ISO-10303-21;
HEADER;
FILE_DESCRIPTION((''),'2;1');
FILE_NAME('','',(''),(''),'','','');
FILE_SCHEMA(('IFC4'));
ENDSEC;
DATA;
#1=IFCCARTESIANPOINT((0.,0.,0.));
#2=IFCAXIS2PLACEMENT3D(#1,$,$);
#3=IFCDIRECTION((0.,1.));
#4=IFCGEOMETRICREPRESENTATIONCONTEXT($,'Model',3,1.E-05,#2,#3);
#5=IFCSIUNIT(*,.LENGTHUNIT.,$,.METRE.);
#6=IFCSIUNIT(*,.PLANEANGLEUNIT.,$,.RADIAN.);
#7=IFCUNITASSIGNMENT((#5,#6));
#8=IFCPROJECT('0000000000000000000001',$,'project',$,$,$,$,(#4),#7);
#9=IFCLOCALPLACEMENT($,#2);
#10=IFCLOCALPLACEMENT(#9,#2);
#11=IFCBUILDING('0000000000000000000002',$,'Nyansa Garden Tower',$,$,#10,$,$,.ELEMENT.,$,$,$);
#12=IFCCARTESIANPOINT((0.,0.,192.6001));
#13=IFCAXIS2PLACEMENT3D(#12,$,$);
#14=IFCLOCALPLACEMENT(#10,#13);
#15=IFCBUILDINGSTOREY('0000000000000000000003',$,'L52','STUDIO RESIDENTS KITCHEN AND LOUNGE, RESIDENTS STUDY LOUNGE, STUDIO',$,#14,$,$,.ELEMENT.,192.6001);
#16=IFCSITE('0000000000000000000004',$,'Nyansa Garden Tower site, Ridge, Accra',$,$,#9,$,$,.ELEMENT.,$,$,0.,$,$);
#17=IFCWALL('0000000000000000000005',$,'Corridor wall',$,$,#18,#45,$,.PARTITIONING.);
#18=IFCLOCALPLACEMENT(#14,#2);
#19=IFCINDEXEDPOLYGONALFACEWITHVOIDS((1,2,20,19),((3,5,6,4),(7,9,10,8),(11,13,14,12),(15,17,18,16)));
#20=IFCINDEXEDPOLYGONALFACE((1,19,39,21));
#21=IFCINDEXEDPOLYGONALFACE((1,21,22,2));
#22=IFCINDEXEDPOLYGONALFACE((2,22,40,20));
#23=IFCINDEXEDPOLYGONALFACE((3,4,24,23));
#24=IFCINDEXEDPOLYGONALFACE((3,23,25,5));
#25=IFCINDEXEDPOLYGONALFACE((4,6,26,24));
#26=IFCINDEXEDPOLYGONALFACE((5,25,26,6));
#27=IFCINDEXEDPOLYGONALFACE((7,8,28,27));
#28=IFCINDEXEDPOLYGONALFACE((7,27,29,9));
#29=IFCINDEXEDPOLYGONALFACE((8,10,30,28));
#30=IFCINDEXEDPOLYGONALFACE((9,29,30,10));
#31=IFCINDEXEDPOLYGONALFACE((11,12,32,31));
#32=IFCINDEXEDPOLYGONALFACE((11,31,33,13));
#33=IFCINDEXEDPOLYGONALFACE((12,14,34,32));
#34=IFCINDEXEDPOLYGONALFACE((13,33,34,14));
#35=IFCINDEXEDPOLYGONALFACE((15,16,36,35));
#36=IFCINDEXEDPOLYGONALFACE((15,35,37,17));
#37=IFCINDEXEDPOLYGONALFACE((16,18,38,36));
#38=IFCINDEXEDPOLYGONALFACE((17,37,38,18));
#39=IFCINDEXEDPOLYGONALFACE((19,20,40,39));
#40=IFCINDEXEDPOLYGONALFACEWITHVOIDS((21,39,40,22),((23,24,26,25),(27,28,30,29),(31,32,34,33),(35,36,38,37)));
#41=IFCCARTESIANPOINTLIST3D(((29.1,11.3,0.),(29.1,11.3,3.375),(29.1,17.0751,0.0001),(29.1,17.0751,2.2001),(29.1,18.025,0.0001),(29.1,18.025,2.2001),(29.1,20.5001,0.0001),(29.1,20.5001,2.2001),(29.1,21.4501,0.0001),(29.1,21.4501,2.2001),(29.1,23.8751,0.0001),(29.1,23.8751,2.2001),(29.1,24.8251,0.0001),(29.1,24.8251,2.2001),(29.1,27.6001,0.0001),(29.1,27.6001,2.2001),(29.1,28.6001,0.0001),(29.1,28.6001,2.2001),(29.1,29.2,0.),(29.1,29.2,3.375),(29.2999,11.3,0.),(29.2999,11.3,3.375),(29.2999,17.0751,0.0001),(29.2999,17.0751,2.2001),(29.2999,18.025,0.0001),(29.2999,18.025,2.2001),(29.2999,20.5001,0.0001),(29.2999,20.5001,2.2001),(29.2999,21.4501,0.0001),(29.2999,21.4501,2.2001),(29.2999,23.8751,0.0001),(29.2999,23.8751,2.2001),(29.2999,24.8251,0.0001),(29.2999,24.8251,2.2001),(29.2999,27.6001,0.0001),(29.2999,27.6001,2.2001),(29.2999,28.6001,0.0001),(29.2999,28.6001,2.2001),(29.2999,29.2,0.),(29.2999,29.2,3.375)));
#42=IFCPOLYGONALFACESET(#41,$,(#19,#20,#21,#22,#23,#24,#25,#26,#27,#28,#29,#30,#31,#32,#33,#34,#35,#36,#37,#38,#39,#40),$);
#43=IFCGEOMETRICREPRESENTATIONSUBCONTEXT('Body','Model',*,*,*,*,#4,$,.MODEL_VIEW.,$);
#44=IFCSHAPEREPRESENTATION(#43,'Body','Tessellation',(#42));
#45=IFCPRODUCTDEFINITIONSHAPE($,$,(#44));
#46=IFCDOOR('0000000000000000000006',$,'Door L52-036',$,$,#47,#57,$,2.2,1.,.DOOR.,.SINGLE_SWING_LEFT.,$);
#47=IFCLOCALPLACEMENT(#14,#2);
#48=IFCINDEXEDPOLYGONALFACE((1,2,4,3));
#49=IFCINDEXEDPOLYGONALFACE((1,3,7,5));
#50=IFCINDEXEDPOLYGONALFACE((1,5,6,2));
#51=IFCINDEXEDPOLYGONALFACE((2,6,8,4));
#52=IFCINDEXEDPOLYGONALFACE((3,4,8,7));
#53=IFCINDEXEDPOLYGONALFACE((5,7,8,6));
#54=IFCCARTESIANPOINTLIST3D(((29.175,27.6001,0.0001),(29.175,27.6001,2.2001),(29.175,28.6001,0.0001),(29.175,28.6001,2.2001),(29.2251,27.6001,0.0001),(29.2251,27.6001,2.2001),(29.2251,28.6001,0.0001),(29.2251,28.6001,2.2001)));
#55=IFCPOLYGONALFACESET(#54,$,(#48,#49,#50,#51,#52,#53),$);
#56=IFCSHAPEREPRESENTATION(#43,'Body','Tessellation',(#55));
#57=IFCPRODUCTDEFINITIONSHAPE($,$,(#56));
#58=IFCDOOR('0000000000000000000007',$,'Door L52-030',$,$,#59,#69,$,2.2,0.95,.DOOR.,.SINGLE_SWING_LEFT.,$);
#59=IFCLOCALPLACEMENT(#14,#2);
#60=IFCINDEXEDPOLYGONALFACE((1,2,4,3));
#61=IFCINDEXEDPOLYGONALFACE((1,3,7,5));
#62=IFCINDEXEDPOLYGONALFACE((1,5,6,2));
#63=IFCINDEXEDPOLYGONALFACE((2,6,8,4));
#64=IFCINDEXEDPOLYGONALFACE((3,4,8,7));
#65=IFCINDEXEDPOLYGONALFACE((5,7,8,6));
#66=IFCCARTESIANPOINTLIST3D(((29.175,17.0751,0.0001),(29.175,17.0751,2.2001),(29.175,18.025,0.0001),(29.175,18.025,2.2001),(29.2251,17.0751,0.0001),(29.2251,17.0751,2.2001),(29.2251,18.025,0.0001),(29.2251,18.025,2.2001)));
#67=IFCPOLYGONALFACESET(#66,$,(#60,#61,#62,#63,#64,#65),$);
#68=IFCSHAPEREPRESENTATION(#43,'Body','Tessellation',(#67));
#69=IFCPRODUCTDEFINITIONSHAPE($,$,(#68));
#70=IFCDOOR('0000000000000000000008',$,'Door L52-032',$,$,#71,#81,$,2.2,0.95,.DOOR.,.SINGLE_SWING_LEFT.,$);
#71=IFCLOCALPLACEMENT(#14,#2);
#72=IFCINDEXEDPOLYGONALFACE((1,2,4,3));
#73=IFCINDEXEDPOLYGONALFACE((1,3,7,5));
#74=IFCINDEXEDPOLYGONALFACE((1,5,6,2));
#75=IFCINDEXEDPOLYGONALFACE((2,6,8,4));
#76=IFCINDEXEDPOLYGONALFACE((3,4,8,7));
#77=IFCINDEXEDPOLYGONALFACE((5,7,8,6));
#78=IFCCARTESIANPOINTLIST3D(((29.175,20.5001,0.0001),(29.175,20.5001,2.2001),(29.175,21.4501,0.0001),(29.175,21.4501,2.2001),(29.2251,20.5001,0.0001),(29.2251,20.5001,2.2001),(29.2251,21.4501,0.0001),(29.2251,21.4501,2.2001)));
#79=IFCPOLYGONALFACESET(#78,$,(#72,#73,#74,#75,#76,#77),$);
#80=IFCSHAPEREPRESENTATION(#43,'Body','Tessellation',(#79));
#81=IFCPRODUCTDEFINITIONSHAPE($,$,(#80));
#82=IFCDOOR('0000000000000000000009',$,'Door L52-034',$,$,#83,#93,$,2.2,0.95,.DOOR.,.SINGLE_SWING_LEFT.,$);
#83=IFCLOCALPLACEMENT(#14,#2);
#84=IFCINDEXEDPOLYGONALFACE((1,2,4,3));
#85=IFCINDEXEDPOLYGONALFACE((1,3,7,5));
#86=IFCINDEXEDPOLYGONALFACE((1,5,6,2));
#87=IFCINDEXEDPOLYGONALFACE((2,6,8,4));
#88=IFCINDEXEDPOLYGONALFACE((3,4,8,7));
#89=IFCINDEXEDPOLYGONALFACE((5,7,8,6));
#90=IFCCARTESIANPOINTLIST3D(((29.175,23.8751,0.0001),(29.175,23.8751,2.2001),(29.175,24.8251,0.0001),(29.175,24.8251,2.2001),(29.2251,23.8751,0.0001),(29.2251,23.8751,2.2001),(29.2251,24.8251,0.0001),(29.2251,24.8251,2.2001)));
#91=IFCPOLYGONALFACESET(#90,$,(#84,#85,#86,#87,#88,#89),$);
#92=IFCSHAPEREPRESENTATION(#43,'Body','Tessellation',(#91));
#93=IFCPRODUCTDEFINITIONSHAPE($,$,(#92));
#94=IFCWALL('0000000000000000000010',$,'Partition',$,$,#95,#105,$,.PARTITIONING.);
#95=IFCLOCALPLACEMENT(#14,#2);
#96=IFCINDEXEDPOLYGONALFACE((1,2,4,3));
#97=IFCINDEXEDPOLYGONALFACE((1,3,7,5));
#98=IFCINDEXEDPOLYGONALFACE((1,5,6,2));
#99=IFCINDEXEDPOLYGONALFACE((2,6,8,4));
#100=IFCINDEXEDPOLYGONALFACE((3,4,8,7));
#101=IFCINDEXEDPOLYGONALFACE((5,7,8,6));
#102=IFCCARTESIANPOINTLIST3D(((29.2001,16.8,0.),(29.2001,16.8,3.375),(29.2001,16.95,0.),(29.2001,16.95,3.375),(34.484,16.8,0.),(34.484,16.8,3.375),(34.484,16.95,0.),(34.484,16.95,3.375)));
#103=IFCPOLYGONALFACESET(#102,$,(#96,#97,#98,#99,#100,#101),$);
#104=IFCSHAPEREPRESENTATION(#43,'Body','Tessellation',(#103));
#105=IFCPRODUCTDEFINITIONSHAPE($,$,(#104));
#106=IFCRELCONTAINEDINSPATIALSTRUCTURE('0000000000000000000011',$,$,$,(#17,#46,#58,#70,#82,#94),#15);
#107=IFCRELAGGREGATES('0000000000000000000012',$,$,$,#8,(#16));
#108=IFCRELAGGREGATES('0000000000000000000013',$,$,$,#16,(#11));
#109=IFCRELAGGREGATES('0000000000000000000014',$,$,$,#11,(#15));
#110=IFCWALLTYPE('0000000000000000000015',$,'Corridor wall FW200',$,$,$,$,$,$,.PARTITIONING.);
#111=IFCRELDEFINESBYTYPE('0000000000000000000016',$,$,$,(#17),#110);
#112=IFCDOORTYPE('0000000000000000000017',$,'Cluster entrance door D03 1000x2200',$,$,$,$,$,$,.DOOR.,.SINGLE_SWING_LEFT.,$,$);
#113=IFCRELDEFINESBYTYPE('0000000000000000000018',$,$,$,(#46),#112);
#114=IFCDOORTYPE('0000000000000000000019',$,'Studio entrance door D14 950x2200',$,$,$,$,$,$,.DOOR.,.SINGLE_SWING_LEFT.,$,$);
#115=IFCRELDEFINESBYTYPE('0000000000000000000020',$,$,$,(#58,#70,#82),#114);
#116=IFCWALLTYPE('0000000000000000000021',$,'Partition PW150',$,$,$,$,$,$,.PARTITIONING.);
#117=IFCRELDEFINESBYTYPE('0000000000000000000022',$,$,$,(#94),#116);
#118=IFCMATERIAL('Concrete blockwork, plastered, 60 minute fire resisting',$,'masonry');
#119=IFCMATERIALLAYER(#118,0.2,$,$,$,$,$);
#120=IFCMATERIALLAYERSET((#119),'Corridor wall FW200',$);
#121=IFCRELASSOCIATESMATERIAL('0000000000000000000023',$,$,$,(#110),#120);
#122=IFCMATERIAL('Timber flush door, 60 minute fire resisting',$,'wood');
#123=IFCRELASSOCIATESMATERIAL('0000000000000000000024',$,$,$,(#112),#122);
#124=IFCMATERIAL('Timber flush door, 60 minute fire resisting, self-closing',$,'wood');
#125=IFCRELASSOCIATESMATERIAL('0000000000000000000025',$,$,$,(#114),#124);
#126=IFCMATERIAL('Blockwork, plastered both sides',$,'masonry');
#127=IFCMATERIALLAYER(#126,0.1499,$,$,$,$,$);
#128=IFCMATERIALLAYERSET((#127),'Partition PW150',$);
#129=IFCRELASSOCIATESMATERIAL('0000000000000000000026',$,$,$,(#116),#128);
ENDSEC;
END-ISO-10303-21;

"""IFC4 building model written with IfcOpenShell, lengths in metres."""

from ifc_helpers import new_model, si_unit, direction, frame, frame_2d, origin, place, context, subcontext, project, spatial, rectangle, extrude, material, layer, layer_set, type_object, element, fill, save


model = new_model("IFC4")

# Units and contexts
model_context = context("Model", 3, precision=1e-05, world=origin(), true_north=direction((0.0, 1.0)))
body_context = subcontext(model_context, "Body", "Model", "MODEL_VIEW")
ifc_project = project(units=[si_unit("LENGTHUNIT", "METRE"), si_unit("PLANEANGLEUNIT", "RADIAN")], contexts=[model_context])

# Site, building, storey
site_placement = place(None, origin())
site = spatial("IfcSite", under=ifc_project, at=site_placement, Name="Nyansa Garden Tower site, Ridge, Accra", CompositionType="ELEMENT", RefElevation=0.0)
building_placement = place(site_placement, origin())
building = spatial("IfcBuilding", under=site, at=building_placement, Name="Nyansa Garden Tower", CompositionType="ELEMENT")
storey_placement = place(building_placement, frame((0.0, 0.0, 192.6001)))
storey = spatial("IfcBuildingStorey", under=building, at=storey_placement, Name="L52", Description="STUDIO RESIDENTS KITCHEN AND LOUNGE, RESIDENTS STUDY LOUNGE, STUDIO", CompositionType="ELEMENT", Elevation=192.6001)

# Wall, openings, doors
ifc_material_1 = material(Name="Concrete blockwork, plastered, 60 minute fire resisting", Category="masonry")
ifc_layer_1 = layer(ifc_material_1, 0.2)
ifc_layer_set_1 = layer_set([ifc_layer_1], Name="Corridor wall FW200")
wall_type_1 = type_object("IfcWallType", Name="Corridor wall FW200", PredefinedType="PARTITIONING", material=ifc_layer_set_1)
wall_1_placement = place(storey_placement, frame((29.2, 11.3, 0.0), z_axis=(0.0, 0.0, 1.0), x_axis=(0.0, 1.0, 0.0)))
wall_1 = element("IfcWall", 1, at=wall_1_placement, inside=storey, type_object=wall_type_1, Name="Corridor wall", PredefinedType="PARTITIONING", context=body_context, shape_type="SweptSolid", body=[
    extrude(rectangle(XDim=17.8999, YDim=0.2, at=frame_2d((8.95, 0.0))), origin(), (0.0, 0.0, 1.0), 3.375),
])
opening_1_placement = place(wall_1_placement, frame((5.7749, 0.0, 0.0)))
opening_1 = element("IfcOpeningElement", 2, at=opening_1_placement, cuts=wall_1, PredefinedType="OPENING", context=body_context, shape_type="SweptSolid", body=[
    extrude(rectangle(XDim=0.95, YDim=2.2, at=frame_2d((0.4751, 1.1001))), frame((0.0, 0.1099, 0.0), z_axis=(0.0, -1.0, 0.0), x_axis=(1.0, 0.0, 0.0)), (0.0, 0.0, 1.0), 0.22),
])
opening_2_placement = place(wall_1_placement, frame((9.2, 0.0, 0.0)))
opening_2 = element("IfcOpeningElement", 3, at=opening_2_placement, cuts=wall_1, PredefinedType="OPENING", context=body_context, shape_type="SweptSolid", body=[
    extrude(rectangle(XDim=0.95, YDim=2.2, at=frame_2d((0.4751, 1.1001))), frame((0.0, 0.1099, 0.0), z_axis=(0.0, -1.0, 0.0), x_axis=(1.0, 0.0, 0.0)), (0.0, 0.0, 1.0), 0.22),
])
opening_3_placement = place(wall_1_placement, frame((12.575, 0.0, 0.0)))
opening_3 = element("IfcOpeningElement", 4, at=opening_3_placement, cuts=wall_1, PredefinedType="OPENING", context=body_context, shape_type="SweptSolid", body=[
    extrude(rectangle(XDim=0.95, YDim=2.2, at=frame_2d((0.4751, 1.1001))), frame((0.0, 0.1099, 0.0), z_axis=(0.0, -1.0, 0.0), x_axis=(1.0, 0.0, 0.0)), (0.0, 0.0, 1.0), 0.22),
])
opening_4_placement = place(wall_1_placement, frame((16.3, 0.0, 0.0)))
opening_4 = element("IfcOpeningElement", 5, at=opening_4_placement, cuts=wall_1, PredefinedType="OPENING", context=body_context, shape_type="SweptSolid", body=[
    extrude(rectangle(XDim=1.0, YDim=2.2, at=frame_2d((0.5, 1.1001))), frame((0.0, 0.1099, 0.0), z_axis=(0.0, -1.0, 0.0), x_axis=(1.0, 0.0, 0.0)), (0.0, 0.0, 1.0), 0.22),
])
ifc_material_2 = material(Name="Timber flush door, 60 minute fire resisting", Category="wood")
door_type_1 = type_object("IfcDoorType", Name="Cluster entrance door D03 1000x2200", OperationType="SINGLE_SWING_LEFT", PredefinedType="DOOR", material=ifc_material_2)
door_1_placement = place(opening_4_placement, origin())
door_1 = element("IfcDoor", 6, at=door_1_placement, inside=storey, type_object=door_type_1, Name="Door L52-036", OperationType="SINGLE_SWING_LEFT", OverallHeight=2.2, OverallWidth=1.0, PredefinedType="DOOR", context=body_context, shape_type="SweptSolid", body=[
    extrude(rectangle(XDim=1.0, YDim=2.2, at=frame_2d((0.5, 1.1001))), frame((0.0, 0.0249, 0.0), z_axis=(0.0, -1.0, 0.0), x_axis=(1.0, 0.0, 0.0)), (0.0, 0.0, 1.0), 0.05),
])
fill(opening_4, door_1)
ifc_material_3 = material(Name="Timber flush door, 60 minute fire resisting, self-closing", Category="wood")
door_type_2 = type_object("IfcDoorType", Name="Studio entrance door D14 950x2200", OperationType="SINGLE_SWING_LEFT", PredefinedType="DOOR", material=ifc_material_3)
door_2_placement = place(opening_1_placement, origin())
door_2 = element("IfcDoor", 7, at=door_2_placement, inside=storey, type_object=door_type_2, Name="Door L52-030", OperationType="SINGLE_SWING_LEFT", OverallHeight=2.2, OverallWidth=0.95, PredefinedType="DOOR", context=body_context, shape_type="SweptSolid", body=[
    extrude(rectangle(XDim=0.95, YDim=2.2, at=frame_2d((0.4751, 1.1001))), frame((0.0, 0.0249, 0.0), z_axis=(0.0, -1.0, 0.0), x_axis=(1.0, 0.0, 0.0)), (0.0, 0.0, 1.0), 0.05),
])
fill(opening_1, door_2)
door_3_placement = place(opening_2_placement, origin())
door_3 = element("IfcDoor", 8, at=door_3_placement, inside=storey, type_object=door_type_2, Name="Door L52-032", OperationType="SINGLE_SWING_LEFT", OverallHeight=2.2, OverallWidth=0.95, PredefinedType="DOOR", context=body_context, shape_type="SweptSolid", body=[
    extrude(rectangle(XDim=0.95, YDim=2.2, at=frame_2d((0.4751, 1.1001))), frame((0.0, 0.0249, 0.0), z_axis=(0.0, -1.0, 0.0), x_axis=(1.0, 0.0, 0.0)), (0.0, 0.0, 1.0), 0.05),
])
fill(opening_2, door_3)
door_4_placement = place(opening_3_placement, origin())
door_4 = element("IfcDoor", 9, at=door_4_placement, inside=storey, type_object=door_type_2, Name="Door L52-034", OperationType="SINGLE_SWING_LEFT", OverallHeight=2.2, OverallWidth=0.95, PredefinedType="DOOR", context=body_context, shape_type="SweptSolid", body=[
    extrude(rectangle(XDim=0.95, YDim=2.2, at=frame_2d((0.4751, 1.1001))), frame((0.0, 0.0249, 0.0), z_axis=(0.0, -1.0, 0.0), x_axis=(1.0, 0.0, 0.0)), (0.0, 0.0, 1.0), 0.05),
])
fill(opening_3, door_4)

# Wall
ifc_material_4 = material(Name="Blockwork, plastered both sides", Category="masonry")
ifc_layer_2 = layer(ifc_material_4, 0.1499)
ifc_layer_set_2 = layer_set([ifc_layer_2], Name="Partition PW150")
wall_type_2 = type_object("IfcWallType", Name="Partition PW150", PredefinedType="PARTITIONING", material=ifc_layer_set_2)
wall_2_placement = place(storey_placement, frame((29.2, 16.875, 0.0), z_axis=(0.0, 0.0, 1.0), x_axis=(1.0, 0.0, 0.0)))
element("IfcWall", 10, at=wall_2_placement, inside=storey, type_object=wall_type_2, Name="Partition", PredefinedType="PARTITIONING", context=body_context, shape_type="SweptSolid", body=[
    extrude(rectangle(XDim=5.2839, YDim=0.1499, at=frame_2d((2.6421, 0.0))), origin(), (0.0, 0.0, 1.0), 3.375),
])

save(model, "model.ifc")
